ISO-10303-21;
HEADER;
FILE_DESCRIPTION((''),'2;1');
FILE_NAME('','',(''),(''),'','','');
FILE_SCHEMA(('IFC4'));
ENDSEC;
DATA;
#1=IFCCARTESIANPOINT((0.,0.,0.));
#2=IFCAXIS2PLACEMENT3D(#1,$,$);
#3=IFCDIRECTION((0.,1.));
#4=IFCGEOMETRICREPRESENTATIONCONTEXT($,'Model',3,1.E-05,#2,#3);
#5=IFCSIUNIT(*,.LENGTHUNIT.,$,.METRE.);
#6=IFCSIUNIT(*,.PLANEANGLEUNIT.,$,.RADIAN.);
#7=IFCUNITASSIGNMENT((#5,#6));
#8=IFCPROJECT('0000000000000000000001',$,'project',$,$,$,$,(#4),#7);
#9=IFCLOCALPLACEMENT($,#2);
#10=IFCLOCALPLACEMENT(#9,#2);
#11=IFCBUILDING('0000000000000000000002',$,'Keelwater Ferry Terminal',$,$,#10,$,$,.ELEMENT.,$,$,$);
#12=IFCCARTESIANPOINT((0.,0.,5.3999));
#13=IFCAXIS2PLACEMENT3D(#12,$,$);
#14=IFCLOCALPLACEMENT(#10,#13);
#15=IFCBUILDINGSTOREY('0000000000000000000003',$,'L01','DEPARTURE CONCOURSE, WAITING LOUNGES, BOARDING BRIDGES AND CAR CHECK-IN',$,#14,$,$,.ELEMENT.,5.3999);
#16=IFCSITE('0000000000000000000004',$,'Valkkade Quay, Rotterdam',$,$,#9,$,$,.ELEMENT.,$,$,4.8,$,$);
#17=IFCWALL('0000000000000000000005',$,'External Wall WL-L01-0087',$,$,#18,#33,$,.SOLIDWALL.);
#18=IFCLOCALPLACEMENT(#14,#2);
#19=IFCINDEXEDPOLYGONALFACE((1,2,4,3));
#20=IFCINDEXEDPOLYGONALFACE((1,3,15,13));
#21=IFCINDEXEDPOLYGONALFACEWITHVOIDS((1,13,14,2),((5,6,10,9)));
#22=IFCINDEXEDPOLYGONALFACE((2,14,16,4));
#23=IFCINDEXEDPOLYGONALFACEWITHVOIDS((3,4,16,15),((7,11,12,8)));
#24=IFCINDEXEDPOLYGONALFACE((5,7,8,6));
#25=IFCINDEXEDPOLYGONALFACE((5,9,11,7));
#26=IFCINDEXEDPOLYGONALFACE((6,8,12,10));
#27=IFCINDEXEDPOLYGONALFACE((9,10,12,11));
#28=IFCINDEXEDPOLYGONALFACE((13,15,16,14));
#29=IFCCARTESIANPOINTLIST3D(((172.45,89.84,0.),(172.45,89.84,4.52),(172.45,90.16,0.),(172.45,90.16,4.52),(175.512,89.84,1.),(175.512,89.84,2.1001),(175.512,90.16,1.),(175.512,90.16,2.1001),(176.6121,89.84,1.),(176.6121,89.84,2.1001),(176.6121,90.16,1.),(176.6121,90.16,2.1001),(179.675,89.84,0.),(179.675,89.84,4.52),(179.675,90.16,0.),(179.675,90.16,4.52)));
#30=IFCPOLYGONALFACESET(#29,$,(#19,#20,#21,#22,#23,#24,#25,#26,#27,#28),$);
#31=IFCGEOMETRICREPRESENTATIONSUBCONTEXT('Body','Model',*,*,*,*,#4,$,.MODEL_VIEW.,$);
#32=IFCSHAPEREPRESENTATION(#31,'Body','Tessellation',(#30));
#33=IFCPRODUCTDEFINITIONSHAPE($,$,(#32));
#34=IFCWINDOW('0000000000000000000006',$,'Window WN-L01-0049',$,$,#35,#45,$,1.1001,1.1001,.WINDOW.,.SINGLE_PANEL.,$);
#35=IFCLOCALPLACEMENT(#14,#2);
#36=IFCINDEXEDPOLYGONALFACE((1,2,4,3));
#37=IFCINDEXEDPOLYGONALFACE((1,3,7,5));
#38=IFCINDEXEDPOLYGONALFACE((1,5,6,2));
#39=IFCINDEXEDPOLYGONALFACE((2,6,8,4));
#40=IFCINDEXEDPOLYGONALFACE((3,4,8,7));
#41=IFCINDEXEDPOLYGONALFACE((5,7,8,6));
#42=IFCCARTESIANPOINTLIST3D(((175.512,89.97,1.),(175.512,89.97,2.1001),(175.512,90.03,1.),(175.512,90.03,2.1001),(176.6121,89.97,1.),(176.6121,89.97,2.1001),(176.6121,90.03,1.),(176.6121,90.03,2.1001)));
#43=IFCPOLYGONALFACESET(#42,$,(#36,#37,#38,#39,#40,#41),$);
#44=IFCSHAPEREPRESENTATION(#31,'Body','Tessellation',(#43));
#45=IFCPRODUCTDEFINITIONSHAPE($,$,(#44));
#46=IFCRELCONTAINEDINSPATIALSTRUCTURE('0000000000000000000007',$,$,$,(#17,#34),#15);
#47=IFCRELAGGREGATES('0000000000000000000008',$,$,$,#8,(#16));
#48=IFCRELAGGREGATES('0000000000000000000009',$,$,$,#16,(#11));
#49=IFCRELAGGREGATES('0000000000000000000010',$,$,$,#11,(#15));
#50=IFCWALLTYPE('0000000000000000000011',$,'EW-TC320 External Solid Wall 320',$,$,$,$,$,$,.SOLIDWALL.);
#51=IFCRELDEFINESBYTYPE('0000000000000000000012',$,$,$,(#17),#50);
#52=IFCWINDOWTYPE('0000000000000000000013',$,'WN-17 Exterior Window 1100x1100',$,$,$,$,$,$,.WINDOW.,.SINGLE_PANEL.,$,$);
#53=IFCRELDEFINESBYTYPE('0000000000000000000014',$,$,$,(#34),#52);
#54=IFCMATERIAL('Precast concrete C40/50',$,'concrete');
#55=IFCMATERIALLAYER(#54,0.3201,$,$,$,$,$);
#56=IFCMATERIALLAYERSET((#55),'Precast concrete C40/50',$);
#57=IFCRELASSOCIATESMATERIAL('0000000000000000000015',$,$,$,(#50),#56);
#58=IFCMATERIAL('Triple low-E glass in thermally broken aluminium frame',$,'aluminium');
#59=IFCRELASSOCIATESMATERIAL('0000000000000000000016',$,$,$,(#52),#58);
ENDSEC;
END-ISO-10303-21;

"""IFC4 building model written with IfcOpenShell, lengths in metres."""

from ifc_helpers import new_model, si_unit, direction, frame, frame_2d, origin, place, context, subcontext, project, spatial, rectangle, extrude, material, layer, layer_set, type_object, element, fill, save


model = new_model("IFC4")

# Units and contexts
model_context = context("Model", 3, precision=1e-05, world=origin(), true_north=direction((0.0, 1.0)))
body_context = subcontext(model_context, "Body", "Model", "MODEL_VIEW")
ifc_project = project(units=[si_unit("LENGTHUNIT", "METRE"), si_unit("PLANEANGLEUNIT", "RADIAN")], contexts=[model_context])

# Site, building, storey
site_placement = place(None, origin())
site = spatial("IfcSite", under=ifc_project, at=site_placement, Name="Valkkade Quay, Rotterdam", CompositionType="ELEMENT", RefElevation=4.8)
building_placement = place(site_placement, origin())
building = spatial("IfcBuilding", under=site, at=building_placement, Name="Keelwater Ferry Terminal", CompositionType="ELEMENT")
storey_placement = place(building_placement, frame((0.0, 0.0, 5.3999)))
storey = spatial("IfcBuildingStorey", under=building, at=storey_placement, Name="L01", Description="DEPARTURE CONCOURSE, WAITING LOUNGES, BOARDING BRIDGES AND CAR CHECK-IN", CompositionType="ELEMENT", Elevation=5.3999)

# Shared definitions
ifc_material_1 = material(Name="Precast concrete C40/50", Category="concrete")
ifc_layer = layer(ifc_material_1, 0.3201)
ifc_layer_set = layer_set([ifc_layer], Name="Precast concrete C40/50")
wall_type = type_object("IfcWallType", Name="EW-TC320 External Solid Wall 320", PredefinedType="SOLIDWALL", material=ifc_layer_set)

# Wall, opening, window
wall_1_placement = place(storey_placement, frame((179.675, 90.0, 0.0), z_axis=(0.0, 0.0, 1.0), x_axis=(-1.0, 0.0, 0.0)))
wall_1 = element("IfcWall", 1, at=wall_1_placement, inside=storey, type_object=wall_type, Name="External Wall WL-L01-0087", PredefinedType="SOLIDWALL", context=body_context, shape_type="SweptSolid", body=[
    extrude(rectangle(XDim=7.2251, YDim=0.3201, at=frame_2d((3.6125, 0.0))), origin(), (0.0, 0.0, 1.0), 4.52),
])
opening_1_placement = place(wall_1_placement, frame((3.063, 0.0, 1.0)))
opening_1 = element("IfcOpeningElement", 2, at=opening_1_placement, cuts=wall_1, PredefinedType="OPENING", context=body_context, shape_type="SweptSolid", body=[
    extrude(rectangle(XDim=1.1001, YDim=1.1001, at=frame_2d((0.55, 0.55))), frame((0.0, 0.1702, 0.0), z_axis=(0.0, -1.0, 0.0), x_axis=(1.0, 0.0, 0.0)), (0.0, 0.0, 1.0), 0.3401),
])
ifc_material_2 = material(Name="Triple low-E glass in thermally broken aluminium frame", Category="aluminium")
window_type_1 = type_object("IfcWindowType", Name="WN-17 Exterior Window 1100x1100", PartitioningType="SINGLE_PANEL", PredefinedType="WINDOW", material=ifc_material_2)
window_1_placement = place(opening_1_placement, origin())
window_1 = element("IfcWindow", 3, at=window_1_placement, inside=storey, type_object=window_type_1, Name="Window WN-L01-0049", OverallHeight=1.1001, OverallWidth=1.1001, PartitioningType="SINGLE_PANEL", PredefinedType="WINDOW", context=body_context, shape_type="SweptSolid", body=[
    extrude(rectangle(XDim=1.1001, YDim=1.1001, at=frame_2d((0.55, 0.55))), frame((0.0, 0.03, 0.0), z_axis=(0.0, -1.0, 0.0), x_axis=(1.0, 0.0, 0.0)), (0.0, 0.0, 1.0), 0.0601),
])
fill(opening_1, window_1)

save(model, "model.ifc")
